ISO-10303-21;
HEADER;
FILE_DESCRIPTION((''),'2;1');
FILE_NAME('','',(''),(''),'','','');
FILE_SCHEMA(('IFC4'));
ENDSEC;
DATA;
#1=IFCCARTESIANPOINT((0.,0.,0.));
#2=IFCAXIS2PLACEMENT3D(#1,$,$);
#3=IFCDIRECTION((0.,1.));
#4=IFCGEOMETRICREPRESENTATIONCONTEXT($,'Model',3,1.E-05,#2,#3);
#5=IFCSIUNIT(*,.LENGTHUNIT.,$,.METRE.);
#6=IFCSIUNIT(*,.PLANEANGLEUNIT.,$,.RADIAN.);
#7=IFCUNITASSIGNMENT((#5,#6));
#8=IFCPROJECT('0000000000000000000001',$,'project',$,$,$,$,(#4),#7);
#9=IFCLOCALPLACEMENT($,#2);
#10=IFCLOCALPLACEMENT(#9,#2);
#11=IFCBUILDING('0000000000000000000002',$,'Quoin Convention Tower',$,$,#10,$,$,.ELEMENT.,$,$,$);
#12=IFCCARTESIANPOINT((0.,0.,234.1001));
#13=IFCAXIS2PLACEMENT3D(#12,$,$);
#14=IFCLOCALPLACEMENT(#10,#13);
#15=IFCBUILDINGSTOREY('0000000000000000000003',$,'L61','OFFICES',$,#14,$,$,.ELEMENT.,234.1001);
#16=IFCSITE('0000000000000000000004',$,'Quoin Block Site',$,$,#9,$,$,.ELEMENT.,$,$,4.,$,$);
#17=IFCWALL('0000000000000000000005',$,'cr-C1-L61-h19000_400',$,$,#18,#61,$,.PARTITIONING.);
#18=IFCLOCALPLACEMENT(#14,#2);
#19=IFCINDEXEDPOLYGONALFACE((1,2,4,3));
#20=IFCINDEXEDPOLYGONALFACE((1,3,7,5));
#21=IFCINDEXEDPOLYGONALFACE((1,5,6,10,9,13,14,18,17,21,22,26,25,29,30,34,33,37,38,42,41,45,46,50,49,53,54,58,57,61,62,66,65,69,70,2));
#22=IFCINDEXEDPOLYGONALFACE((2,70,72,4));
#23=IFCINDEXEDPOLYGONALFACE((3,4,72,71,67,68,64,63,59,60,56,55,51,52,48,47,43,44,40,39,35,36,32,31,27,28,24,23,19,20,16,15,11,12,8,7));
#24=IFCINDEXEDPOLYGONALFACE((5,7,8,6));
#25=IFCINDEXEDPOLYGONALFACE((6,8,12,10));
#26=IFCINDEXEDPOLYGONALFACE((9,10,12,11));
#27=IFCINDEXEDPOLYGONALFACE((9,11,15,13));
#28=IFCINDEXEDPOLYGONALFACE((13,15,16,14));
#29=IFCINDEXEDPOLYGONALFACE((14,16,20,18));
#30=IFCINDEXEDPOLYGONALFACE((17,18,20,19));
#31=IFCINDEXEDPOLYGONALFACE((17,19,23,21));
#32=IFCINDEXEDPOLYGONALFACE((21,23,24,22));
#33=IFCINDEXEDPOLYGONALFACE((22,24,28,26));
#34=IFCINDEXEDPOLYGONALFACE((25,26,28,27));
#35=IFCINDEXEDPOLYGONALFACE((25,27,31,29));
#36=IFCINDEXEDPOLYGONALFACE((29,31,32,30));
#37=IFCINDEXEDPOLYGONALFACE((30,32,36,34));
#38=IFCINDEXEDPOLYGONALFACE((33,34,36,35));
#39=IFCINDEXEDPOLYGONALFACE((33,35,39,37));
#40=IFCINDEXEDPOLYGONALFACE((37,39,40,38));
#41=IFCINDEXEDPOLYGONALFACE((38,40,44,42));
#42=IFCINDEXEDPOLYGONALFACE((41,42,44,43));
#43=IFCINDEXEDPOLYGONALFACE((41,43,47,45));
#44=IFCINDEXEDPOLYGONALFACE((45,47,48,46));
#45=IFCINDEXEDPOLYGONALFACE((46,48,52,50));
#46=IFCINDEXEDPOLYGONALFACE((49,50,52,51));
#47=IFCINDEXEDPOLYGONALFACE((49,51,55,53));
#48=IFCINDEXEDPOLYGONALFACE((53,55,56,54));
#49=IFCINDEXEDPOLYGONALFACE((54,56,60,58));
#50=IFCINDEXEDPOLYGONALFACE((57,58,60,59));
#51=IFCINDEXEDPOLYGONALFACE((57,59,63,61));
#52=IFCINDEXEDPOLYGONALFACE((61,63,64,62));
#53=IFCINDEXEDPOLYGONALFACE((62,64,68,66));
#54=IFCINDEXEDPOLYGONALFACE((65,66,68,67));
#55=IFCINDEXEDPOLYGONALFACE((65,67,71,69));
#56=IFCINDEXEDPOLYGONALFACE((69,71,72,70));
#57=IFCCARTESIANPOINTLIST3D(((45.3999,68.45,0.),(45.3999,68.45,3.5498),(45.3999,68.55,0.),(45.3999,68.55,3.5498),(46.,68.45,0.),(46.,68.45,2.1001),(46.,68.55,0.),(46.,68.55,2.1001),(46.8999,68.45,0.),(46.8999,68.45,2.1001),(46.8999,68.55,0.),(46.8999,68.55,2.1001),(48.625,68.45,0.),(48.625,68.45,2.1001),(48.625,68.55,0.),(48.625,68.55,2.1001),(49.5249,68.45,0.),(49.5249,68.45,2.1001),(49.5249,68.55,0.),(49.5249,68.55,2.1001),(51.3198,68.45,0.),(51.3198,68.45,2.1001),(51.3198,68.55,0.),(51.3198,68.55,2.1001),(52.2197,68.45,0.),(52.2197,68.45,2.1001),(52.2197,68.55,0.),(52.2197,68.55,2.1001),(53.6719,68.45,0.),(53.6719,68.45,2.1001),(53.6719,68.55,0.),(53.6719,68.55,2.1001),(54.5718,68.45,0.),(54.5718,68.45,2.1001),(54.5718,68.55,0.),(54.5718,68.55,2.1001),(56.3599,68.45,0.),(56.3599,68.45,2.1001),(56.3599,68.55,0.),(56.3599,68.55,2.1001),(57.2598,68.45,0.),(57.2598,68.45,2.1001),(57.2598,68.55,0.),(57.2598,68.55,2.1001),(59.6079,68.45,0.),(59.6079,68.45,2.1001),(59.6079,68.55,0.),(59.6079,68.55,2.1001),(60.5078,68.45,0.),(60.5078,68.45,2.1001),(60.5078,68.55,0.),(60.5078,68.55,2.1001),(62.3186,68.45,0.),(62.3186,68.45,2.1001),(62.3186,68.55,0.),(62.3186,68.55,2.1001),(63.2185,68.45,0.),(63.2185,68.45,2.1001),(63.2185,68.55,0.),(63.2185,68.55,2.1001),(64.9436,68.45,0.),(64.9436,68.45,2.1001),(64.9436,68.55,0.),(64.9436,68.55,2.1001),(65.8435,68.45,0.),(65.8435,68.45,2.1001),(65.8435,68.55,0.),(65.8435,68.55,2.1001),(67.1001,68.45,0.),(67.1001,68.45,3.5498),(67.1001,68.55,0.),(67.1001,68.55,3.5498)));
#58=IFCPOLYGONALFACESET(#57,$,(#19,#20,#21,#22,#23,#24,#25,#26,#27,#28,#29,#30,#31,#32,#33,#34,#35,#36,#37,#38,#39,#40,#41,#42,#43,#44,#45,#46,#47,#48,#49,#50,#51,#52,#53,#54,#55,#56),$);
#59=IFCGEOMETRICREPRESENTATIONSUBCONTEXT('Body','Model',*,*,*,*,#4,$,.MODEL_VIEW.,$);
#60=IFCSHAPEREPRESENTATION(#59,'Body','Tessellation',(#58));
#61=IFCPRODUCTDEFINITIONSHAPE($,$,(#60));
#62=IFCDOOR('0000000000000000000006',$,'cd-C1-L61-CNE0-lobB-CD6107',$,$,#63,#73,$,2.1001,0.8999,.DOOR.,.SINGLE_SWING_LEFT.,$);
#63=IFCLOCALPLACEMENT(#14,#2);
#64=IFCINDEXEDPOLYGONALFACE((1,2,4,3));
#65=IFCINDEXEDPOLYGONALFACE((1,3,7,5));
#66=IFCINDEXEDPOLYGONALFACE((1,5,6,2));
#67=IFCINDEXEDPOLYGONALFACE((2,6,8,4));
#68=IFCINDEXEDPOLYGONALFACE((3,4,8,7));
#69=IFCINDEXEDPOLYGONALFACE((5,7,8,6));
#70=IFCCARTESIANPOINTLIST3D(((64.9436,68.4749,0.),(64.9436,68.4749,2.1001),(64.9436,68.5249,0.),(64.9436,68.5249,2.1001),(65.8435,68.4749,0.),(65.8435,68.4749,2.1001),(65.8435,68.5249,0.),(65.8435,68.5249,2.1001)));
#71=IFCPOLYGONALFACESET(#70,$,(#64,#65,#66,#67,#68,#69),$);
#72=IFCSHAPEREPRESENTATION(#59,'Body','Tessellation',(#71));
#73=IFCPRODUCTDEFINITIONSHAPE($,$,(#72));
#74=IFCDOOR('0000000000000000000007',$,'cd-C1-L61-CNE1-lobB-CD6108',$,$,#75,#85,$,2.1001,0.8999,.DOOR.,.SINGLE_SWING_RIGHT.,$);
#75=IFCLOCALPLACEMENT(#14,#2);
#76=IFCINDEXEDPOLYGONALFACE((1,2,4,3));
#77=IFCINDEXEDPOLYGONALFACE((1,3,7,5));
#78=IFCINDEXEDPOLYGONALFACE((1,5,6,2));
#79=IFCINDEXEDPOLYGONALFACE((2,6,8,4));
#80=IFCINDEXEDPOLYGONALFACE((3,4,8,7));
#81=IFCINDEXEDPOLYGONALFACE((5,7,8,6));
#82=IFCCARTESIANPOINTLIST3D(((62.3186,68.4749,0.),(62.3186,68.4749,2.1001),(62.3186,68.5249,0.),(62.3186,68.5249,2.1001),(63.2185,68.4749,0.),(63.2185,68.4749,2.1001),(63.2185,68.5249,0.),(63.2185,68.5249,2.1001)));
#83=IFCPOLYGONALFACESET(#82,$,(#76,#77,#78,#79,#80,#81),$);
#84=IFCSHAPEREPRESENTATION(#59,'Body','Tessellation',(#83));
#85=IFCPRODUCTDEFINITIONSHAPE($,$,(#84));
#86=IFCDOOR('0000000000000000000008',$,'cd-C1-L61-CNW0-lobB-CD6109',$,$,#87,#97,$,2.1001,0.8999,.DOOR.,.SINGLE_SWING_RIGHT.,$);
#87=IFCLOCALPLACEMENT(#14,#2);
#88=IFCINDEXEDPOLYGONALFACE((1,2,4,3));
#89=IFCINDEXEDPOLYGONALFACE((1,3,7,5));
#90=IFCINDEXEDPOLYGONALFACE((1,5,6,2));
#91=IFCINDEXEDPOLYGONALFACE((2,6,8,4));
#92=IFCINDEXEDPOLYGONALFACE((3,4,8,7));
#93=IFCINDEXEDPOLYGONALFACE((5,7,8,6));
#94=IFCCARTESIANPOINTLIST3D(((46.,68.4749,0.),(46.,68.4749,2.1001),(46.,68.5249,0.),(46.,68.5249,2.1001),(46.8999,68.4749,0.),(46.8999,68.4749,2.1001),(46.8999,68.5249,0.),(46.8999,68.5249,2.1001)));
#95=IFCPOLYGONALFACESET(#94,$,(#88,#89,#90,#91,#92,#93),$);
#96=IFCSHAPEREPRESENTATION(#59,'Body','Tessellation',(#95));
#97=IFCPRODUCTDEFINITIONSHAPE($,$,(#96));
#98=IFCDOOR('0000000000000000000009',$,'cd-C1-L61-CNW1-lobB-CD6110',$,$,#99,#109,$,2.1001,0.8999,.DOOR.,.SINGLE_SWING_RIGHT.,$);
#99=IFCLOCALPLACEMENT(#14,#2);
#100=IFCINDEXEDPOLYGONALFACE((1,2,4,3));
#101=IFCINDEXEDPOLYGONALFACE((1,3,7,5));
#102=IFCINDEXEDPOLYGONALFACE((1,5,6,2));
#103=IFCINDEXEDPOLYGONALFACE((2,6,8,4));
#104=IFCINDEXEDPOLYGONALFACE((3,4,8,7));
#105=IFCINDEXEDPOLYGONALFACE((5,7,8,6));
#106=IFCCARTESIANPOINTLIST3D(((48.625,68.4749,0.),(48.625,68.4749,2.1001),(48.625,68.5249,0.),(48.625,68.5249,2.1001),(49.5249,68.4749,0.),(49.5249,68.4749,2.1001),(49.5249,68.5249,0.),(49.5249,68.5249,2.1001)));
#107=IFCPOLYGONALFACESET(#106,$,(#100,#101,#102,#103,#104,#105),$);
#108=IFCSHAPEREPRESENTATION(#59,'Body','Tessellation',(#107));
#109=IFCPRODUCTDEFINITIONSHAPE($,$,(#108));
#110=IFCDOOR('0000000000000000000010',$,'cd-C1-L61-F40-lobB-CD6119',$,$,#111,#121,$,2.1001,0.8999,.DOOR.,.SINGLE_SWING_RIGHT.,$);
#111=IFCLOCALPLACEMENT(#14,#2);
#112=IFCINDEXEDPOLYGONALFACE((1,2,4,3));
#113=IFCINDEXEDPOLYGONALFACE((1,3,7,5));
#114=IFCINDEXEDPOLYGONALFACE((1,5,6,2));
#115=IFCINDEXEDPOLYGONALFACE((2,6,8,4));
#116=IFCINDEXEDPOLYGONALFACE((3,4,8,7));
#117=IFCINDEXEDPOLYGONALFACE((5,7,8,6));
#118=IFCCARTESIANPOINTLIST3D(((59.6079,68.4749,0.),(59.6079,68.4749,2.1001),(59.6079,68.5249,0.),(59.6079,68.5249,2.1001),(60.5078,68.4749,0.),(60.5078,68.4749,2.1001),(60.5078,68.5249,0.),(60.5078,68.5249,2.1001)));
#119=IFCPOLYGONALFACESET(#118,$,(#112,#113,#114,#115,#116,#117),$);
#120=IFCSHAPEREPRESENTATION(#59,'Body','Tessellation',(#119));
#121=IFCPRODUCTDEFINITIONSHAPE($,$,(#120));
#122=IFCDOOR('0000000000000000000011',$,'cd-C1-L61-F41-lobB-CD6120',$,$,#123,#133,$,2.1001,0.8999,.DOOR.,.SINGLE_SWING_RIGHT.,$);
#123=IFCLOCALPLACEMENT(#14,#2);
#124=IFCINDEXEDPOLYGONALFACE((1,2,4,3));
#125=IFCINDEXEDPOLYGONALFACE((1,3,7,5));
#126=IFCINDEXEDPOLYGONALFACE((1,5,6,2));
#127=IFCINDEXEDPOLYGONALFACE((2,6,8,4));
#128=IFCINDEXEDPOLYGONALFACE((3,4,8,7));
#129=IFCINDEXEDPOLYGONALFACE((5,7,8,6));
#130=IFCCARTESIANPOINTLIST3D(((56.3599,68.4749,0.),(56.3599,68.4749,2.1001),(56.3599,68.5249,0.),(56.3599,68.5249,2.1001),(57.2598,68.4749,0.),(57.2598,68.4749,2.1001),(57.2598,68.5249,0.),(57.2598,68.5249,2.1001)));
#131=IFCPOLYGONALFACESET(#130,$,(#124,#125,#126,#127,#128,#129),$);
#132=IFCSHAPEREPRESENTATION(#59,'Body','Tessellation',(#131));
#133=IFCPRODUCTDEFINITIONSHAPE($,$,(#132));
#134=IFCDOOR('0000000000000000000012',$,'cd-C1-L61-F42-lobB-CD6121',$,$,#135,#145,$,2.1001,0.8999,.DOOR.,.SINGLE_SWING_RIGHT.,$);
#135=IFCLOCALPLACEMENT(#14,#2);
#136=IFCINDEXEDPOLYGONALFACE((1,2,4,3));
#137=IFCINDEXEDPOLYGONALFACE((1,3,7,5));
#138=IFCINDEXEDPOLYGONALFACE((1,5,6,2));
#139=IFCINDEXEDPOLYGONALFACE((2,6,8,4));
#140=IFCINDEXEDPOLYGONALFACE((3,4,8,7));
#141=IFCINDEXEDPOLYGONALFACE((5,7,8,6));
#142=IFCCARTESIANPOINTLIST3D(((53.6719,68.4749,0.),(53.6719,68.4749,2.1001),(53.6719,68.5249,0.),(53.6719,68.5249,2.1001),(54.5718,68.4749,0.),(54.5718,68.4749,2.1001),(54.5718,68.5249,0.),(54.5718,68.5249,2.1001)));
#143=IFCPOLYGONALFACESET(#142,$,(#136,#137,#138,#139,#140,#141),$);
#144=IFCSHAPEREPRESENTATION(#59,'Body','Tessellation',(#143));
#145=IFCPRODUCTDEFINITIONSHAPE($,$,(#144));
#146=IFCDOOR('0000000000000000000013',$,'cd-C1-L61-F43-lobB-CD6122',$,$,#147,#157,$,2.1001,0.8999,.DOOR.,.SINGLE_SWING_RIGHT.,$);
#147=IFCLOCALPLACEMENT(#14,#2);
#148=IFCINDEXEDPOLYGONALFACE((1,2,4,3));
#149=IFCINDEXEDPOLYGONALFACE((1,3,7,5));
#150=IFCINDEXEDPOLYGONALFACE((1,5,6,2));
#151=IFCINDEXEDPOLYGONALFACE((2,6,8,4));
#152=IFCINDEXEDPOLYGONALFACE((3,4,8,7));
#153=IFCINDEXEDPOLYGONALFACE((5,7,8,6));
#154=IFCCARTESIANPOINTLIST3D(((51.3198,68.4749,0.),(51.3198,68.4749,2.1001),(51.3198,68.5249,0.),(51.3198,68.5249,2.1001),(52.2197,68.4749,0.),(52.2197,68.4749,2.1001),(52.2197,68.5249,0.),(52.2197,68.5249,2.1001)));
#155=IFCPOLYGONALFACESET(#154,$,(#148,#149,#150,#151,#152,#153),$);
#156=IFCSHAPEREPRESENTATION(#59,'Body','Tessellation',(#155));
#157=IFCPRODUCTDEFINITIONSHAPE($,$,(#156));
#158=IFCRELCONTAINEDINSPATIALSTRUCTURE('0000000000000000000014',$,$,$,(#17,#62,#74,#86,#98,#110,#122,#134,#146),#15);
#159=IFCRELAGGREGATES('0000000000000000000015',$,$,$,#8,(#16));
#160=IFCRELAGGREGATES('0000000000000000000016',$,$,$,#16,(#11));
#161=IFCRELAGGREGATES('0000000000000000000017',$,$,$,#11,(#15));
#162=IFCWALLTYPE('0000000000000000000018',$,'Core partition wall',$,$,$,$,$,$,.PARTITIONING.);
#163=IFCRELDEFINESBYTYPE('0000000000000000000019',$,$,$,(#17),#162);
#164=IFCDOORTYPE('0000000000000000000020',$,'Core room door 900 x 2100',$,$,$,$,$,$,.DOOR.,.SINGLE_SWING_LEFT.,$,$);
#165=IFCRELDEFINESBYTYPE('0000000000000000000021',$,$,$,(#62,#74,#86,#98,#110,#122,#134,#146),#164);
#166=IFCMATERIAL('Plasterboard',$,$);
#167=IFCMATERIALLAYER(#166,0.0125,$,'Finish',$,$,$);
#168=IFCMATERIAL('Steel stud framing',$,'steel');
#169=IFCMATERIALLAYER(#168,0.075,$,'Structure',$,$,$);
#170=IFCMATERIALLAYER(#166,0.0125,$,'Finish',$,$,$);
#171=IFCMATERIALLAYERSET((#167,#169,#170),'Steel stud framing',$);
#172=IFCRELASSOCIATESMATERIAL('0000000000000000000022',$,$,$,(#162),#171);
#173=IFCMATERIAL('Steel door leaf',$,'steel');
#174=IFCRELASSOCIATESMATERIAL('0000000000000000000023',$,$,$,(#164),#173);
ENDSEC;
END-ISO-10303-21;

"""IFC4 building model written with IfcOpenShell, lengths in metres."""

from ifc_helpers import new_model, si_unit, direction, frame, frame_2d, origin, place, context, subcontext, project, spatial, rectangle, extrude, material, layer, layer_set, type_object, element, fill, save


model = new_model("IFC4")

# Units and contexts
model_context = context("Model", 3, precision=1e-05, world=origin(), true_north=direction((0.0, 1.0)))
body_context = subcontext(model_context, "Body", "Model", "MODEL_VIEW")
ifc_project = project(units=[si_unit("LENGTHUNIT", "METRE"), si_unit("PLANEANGLEUNIT", "RADIAN")], contexts=[model_context])

# Site, building, storey
site_placement = place(None, origin())
site = spatial("IfcSite", under=ifc_project, at=site_placement, Name="Quoin Block Site", CompositionType="ELEMENT", RefElevation=4.0)
building_placement = place(site_placement, origin())
building = spatial("IfcBuilding", under=site, at=building_placement, Name="Quoin Convention Tower", CompositionType="ELEMENT")
storey_placement = place(building_placement, frame((0.0, 0.0, 234.1001)))
storey = spatial("IfcBuildingStorey", under=building, at=storey_placement, Name="L61", Description="OFFICES", CompositionType="ELEMENT", Elevation=234.1001)

# Wall, openings, doors
ifc_material_1 = material(Name="Plasterboard")
ifc_layer_1 = layer(ifc_material_1, 0.0125, Name="Finish")
ifc_material_2 = material(Name="Steel stud framing", Category="steel")
ifc_layer_2 = layer(ifc_material_2, 0.075, Name="Structure")
ifc_layer_3 = layer(ifc_material_1, 0.0125, Name="Finish")
ifc_layer_set_1 = layer_set([ifc_layer_1, ifc_layer_2, ifc_layer_3], Name="Steel stud framing")
wall_type_1 = type_object("IfcWallType", Name="Core partition wall", PredefinedType="PARTITIONING", material=ifc_layer_set_1)
wall_1_placement = place(storey_placement, frame((45.3999, 68.5, 0.0), z_axis=(0.0, 0.0, 1.0), x_axis=(1.0, 0.0, 0.0)))
wall_1 = element("IfcWall", 1, at=wall_1_placement, inside=storey, type_object=wall_type_1, Name="cr-C1-L61-h19000_400", PredefinedType="PARTITIONING", context=body_context, shape_type="SweptSolid", body=[
    extrude(rectangle(XDim=21.7002, YDim=0.1001, at=frame_2d((10.8501, 0.0))), origin(), (0.0, 0.0, 1.0), 3.5498),
])
opening_1_placement = place(wall_1_placement, frame((19.5437, 0.0, 0.0)))
opening_1 = element("IfcOpeningElement", 2, at=opening_1_placement, cuts=wall_1, PredefinedType="OPENING", context=body_context, shape_type="SweptSolid", body=[
    extrude(rectangle(XDim=0.8999, YDim=2.1001, at=frame_2d((0.45, 1.05))), frame((0.0, 0.0601, 0.0), z_axis=(0.0, -1.0, 0.0), x_axis=(1.0, 0.0, 0.0)), (0.0, 0.0, 1.0), 0.1201),
])
opening_2_placement = place(wall_1_placement, frame((16.9187, 0.0, 0.0)))
opening_2 = element("IfcOpeningElement", 3, at=opening_2_placement, cuts=wall_1, PredefinedType="OPENING", context=body_context, shape_type="SweptSolid", body=[
    extrude(rectangle(XDim=0.8999, YDim=2.1001, at=frame_2d((0.45, 1.05))), frame((0.0, 0.0601, 0.0), z_axis=(0.0, -1.0, 0.0), x_axis=(1.0, 0.0, 0.0)), (0.0, 0.0, 1.0), 0.1201),
])
opening_3_placement = place(wall_1_placement, frame((0.6001, 0.0, 0.0)))
opening_3 = element("IfcOpeningElement", 4, at=opening_3_placement, cuts=wall_1, PredefinedType="OPENING", context=body_context, shape_type="SweptSolid", body=[
    extrude(rectangle(XDim=0.8999, YDim=2.1001, at=frame_2d((0.45, 1.05))), frame((0.0, 0.0601, 0.0), z_axis=(0.0, -1.0, 0.0), x_axis=(1.0, 0.0, 0.0)), (0.0, 0.0, 1.0), 0.1201),
])
opening_4_placement = place(wall_1_placement, frame((3.2251, 0.0, 0.0)))
opening_4 = element("IfcOpeningElement", 5, at=opening_4_placement, cuts=wall_1, PredefinedType="OPENING", context=body_context, shape_type="SweptSolid", body=[
    extrude(rectangle(XDim=0.8999, YDim=2.1001, at=frame_2d((0.45, 1.05))), frame((0.0, 0.0601, 0.0), z_axis=(0.0, -1.0, 0.0), x_axis=(1.0, 0.0, 0.0)), (0.0, 0.0, 1.0), 0.1201),
])
opening_5_placement = place(wall_1_placement, frame((14.208, 0.0, 0.0)))
opening_5 = element("IfcOpeningElement", 6, at=opening_5_placement, cuts=wall_1, PredefinedType="OPENING", context=body_context, shape_type="SweptSolid", body=[
    extrude(rectangle(XDim=0.8999, YDim=2.1001, at=frame_2d((0.45, 1.05))), frame((0.0, 0.0601, 0.0), z_axis=(0.0, -1.0, 0.0), x_axis=(1.0, 0.0, 0.0)), (0.0, 0.0, 1.0), 0.1201),
])
opening_6_placement = place(wall_1_placement, frame((10.96, 0.0, 0.0)))
opening_6 = element("IfcOpeningElement", 7, at=opening_6_placement, cuts=wall_1, PredefinedType="OPENING", context=body_context, shape_type="SweptSolid", body=[
    extrude(rectangle(XDim=0.8999, YDim=2.1001, at=frame_2d((0.45, 1.05))), frame((0.0, 0.0601, 0.0), z_axis=(0.0, -1.0, 0.0), x_axis=(1.0, 0.0, 0.0)), (0.0, 0.0, 1.0), 0.1201),
])
opening_7_placement = place(wall_1_placement, frame((8.272, 0.0, 0.0)))
opening_7 = element("IfcOpeningElement", 8, at=opening_7_placement, cuts=wall_1, PredefinedType="OPENING", context=body_context, shape_type="SweptSolid", body=[
    extrude(rectangle(XDim=0.8999, YDim=2.1001, at=frame_2d((0.45, 1.05))), frame((0.0, 0.0601, 0.0), z_axis=(0.0, -1.0, 0.0), x_axis=(1.0, 0.0, 0.0)), (0.0, 0.0, 1.0), 0.1201),
])
opening_8_placement = place(wall_1_placement, frame((5.9199, 0.0, 0.0)))
opening_8 = element("IfcOpeningElement", 9, at=opening_8_placement, cuts=wall_1, PredefinedType="OPENING", context=body_context, shape_type="SweptSolid", body=[
    extrude(rectangle(XDim=0.8999, YDim=2.1001, at=frame_2d((0.45, 1.05))), frame((0.0, 0.0601, 0.0), z_axis=(0.0, -1.0, 0.0), x_axis=(1.0, 0.0, 0.0)), (0.0, 0.0, 1.0), 0.1201),
])
ifc_material_3 = material(Name="Steel door leaf", Category="steel")
door_type_1 = type_object("IfcDoorType", Name="Core room door 900 x 2100", OperationType="SINGLE_SWING_LEFT", PredefinedType="DOOR", material=ifc_material_3)
door_1_placement = place(opening_1_placement, origin())
door_1 = element("IfcDoor", 10, at=door_1_placement, inside=storey, type_object=door_type_1, Name="cd-C1-L61-CNE0-lobB-CD6107", OperationType="SINGLE_SWING_LEFT", OverallHeight=2.1001, OverallWidth=0.8999, PredefinedType="DOOR", context=body_context, shape_type="SweptSolid", body=[
    extrude(rectangle(XDim=0.8999, YDim=2.1001, at=frame_2d((0.45, 1.05))), frame((0.0, 0.0249, 0.0), z_axis=(0.0, -1.0, 0.0), x_axis=(1.0, 0.0, 0.0)), (0.0, 0.0, 1.0), 0.05),
])
fill(opening_1, door_1)
door_2_placement = place(opening_2_placement, origin())
door_2 = element("IfcDoor", 11, at=door_2_placement, inside=storey, type_object=door_type_1, Name="cd-C1-L61-CNE1-lobB-CD6108", OperationType="SINGLE_SWING_RIGHT", OverallHeight=2.1001, OverallWidth=0.8999, PredefinedType="DOOR", context=body_context, shape_type="SweptSolid", body=[
    extrude(rectangle(XDim=0.8999, YDim=2.1001, at=frame_2d((0.45, 1.05))), frame((0.0, 0.0249, 0.0), z_axis=(0.0, -1.0, 0.0), x_axis=(1.0, 0.0, 0.0)), (0.0, 0.0, 1.0), 0.05),
])
fill(opening_2, door_2)
door_3_placement = place(opening_3_placement, origin())
door_3 = element("IfcDoor", 12, at=door_3_placement, inside=storey, type_object=door_type_1, Name="cd-C1-L61-CNW0-lobB-CD6109", OperationType="SINGLE_SWING_RIGHT", OverallHeight=2.1001, OverallWidth=0.8999, PredefinedType="DOOR", context=body_context, shape_type="SweptSolid", body=[
    extrude(rectangle(XDim=0.8999, YDim=2.1001, at=frame_2d((0.45, 1.05))), frame((0.0, 0.0249, 0.0), z_axis=(0.0, -1.0, 0.0), x_axis=(1.0, 0.0, 0.0)), (0.0, 0.0, 1.0), 0.05),
])
fill(opening_3, door_3)
door_4_placement = place(opening_4_placement, origin())
door_4 = element("IfcDoor", 13, at=door_4_placement, inside=storey, type_object=door_type_1, Name="cd-C1-L61-CNW1-lobB-CD6110", OperationType="SINGLE_SWING_RIGHT", OverallHeight=2.1001, OverallWidth=0.8999, PredefinedType="DOOR", context=body_context, shape_type="SweptSolid", body=[
    extrude(rectangle(XDim=0.8999, YDim=2.1001, at=frame_2d((0.45, 1.05))), frame((0.0, 0.0249, 0.0), z_axis=(0.0, -1.0, 0.0), x_axis=(1.0, 0.0, 0.0)), (0.0, 0.0, 1.0), 0.05),
])
fill(opening_4, door_4)
door_5_placement = place(opening_5_placement, origin())
door_5 = element("IfcDoor", 14, at=door_5_placement, inside=storey, type_object=door_type_1, Name="cd-C1-L61-F40-lobB-CD6119", OperationType="SINGLE_SWING_RIGHT", OverallHeight=2.1001, OverallWidth=0.8999, PredefinedType="DOOR", context=body_context, shape_type="SweptSolid", body=[
    extrude(rectangle(XDim=0.8999, YDim=2.1001, at=frame_2d((0.45, 1.05))), frame((0.0, 0.0249, 0.0), z_axis=(0.0, -1.0, 0.0), x_axis=(1.0, 0.0, 0.0)), (0.0, 0.0, 1.0), 0.05),
])
fill(opening_5, door_5)
door_6_placement = place(opening_6_placement, origin())
door_6 = element("IfcDoor", 15, at=door_6_placement, inside=storey, type_object=door_type_1, Name="cd-C1-L61-F41-lobB-CD6120", OperationType="SINGLE_SWING_RIGHT", OverallHeight=2.1001, OverallWidth=0.8999, PredefinedType="DOOR", context=body_context, shape_type="SweptSolid", body=[
    extrude(rectangle(XDim=0.8999, YDim=2.1001, at=frame_2d((0.45, 1.05))), frame((0.0, 0.0249, 0.0), z_axis=(0.0, -1.0, 0.0), x_axis=(1.0, 0.0, 0.0)), (0.0, 0.0, 1.0), 0.05),
])
fill(opening_6, door_6)
door_7_placement = place(opening_7_placement, origin())
door_7 = element("IfcDoor", 16, at=door_7_placement, inside=storey, type_object=door_type_1, Name="cd-C1-L61-F42-lobB-CD6121", OperationType="SINGLE_SWING_RIGHT", OverallHeight=2.1001, OverallWidth=0.8999, PredefinedType="DOOR", context=body_context, shape_type="SweptSolid", body=[
    extrude(rectangle(XDim=0.8999, YDim=2.1001, at=frame_2d((0.45, 1.05))), frame((0.0, 0.0249, 0.0), z_axis=(0.0, -1.0, 0.0), x_axis=(1.0, 0.0, 0.0)), (0.0, 0.0, 1.0), 0.05),
])
fill(opening_7, door_7)
door_8_placement = place(opening_8_placement, origin())
door_8 = element("IfcDoor", 17, at=door_8_placement, inside=storey, type_object=door_type_1, Name="cd-C1-L61-F43-lobB-CD6122", OperationType="SINGLE_SWING_RIGHT", OverallHeight=2.1001, OverallWidth=0.8999, PredefinedType="DOOR", context=body_context, shape_type="SweptSolid", body=[
    extrude(rectangle(XDim=0.8999, YDim=2.1001, at=frame_2d((0.45, 1.05))), frame((0.0, 0.0249, 0.0), z_axis=(0.0, -1.0, 0.0), x_axis=(1.0, 0.0, 0.0)), (0.0, 0.0, 1.0), 0.05),
])
fill(opening_8, door_8)

save(model, "model.ifc")
